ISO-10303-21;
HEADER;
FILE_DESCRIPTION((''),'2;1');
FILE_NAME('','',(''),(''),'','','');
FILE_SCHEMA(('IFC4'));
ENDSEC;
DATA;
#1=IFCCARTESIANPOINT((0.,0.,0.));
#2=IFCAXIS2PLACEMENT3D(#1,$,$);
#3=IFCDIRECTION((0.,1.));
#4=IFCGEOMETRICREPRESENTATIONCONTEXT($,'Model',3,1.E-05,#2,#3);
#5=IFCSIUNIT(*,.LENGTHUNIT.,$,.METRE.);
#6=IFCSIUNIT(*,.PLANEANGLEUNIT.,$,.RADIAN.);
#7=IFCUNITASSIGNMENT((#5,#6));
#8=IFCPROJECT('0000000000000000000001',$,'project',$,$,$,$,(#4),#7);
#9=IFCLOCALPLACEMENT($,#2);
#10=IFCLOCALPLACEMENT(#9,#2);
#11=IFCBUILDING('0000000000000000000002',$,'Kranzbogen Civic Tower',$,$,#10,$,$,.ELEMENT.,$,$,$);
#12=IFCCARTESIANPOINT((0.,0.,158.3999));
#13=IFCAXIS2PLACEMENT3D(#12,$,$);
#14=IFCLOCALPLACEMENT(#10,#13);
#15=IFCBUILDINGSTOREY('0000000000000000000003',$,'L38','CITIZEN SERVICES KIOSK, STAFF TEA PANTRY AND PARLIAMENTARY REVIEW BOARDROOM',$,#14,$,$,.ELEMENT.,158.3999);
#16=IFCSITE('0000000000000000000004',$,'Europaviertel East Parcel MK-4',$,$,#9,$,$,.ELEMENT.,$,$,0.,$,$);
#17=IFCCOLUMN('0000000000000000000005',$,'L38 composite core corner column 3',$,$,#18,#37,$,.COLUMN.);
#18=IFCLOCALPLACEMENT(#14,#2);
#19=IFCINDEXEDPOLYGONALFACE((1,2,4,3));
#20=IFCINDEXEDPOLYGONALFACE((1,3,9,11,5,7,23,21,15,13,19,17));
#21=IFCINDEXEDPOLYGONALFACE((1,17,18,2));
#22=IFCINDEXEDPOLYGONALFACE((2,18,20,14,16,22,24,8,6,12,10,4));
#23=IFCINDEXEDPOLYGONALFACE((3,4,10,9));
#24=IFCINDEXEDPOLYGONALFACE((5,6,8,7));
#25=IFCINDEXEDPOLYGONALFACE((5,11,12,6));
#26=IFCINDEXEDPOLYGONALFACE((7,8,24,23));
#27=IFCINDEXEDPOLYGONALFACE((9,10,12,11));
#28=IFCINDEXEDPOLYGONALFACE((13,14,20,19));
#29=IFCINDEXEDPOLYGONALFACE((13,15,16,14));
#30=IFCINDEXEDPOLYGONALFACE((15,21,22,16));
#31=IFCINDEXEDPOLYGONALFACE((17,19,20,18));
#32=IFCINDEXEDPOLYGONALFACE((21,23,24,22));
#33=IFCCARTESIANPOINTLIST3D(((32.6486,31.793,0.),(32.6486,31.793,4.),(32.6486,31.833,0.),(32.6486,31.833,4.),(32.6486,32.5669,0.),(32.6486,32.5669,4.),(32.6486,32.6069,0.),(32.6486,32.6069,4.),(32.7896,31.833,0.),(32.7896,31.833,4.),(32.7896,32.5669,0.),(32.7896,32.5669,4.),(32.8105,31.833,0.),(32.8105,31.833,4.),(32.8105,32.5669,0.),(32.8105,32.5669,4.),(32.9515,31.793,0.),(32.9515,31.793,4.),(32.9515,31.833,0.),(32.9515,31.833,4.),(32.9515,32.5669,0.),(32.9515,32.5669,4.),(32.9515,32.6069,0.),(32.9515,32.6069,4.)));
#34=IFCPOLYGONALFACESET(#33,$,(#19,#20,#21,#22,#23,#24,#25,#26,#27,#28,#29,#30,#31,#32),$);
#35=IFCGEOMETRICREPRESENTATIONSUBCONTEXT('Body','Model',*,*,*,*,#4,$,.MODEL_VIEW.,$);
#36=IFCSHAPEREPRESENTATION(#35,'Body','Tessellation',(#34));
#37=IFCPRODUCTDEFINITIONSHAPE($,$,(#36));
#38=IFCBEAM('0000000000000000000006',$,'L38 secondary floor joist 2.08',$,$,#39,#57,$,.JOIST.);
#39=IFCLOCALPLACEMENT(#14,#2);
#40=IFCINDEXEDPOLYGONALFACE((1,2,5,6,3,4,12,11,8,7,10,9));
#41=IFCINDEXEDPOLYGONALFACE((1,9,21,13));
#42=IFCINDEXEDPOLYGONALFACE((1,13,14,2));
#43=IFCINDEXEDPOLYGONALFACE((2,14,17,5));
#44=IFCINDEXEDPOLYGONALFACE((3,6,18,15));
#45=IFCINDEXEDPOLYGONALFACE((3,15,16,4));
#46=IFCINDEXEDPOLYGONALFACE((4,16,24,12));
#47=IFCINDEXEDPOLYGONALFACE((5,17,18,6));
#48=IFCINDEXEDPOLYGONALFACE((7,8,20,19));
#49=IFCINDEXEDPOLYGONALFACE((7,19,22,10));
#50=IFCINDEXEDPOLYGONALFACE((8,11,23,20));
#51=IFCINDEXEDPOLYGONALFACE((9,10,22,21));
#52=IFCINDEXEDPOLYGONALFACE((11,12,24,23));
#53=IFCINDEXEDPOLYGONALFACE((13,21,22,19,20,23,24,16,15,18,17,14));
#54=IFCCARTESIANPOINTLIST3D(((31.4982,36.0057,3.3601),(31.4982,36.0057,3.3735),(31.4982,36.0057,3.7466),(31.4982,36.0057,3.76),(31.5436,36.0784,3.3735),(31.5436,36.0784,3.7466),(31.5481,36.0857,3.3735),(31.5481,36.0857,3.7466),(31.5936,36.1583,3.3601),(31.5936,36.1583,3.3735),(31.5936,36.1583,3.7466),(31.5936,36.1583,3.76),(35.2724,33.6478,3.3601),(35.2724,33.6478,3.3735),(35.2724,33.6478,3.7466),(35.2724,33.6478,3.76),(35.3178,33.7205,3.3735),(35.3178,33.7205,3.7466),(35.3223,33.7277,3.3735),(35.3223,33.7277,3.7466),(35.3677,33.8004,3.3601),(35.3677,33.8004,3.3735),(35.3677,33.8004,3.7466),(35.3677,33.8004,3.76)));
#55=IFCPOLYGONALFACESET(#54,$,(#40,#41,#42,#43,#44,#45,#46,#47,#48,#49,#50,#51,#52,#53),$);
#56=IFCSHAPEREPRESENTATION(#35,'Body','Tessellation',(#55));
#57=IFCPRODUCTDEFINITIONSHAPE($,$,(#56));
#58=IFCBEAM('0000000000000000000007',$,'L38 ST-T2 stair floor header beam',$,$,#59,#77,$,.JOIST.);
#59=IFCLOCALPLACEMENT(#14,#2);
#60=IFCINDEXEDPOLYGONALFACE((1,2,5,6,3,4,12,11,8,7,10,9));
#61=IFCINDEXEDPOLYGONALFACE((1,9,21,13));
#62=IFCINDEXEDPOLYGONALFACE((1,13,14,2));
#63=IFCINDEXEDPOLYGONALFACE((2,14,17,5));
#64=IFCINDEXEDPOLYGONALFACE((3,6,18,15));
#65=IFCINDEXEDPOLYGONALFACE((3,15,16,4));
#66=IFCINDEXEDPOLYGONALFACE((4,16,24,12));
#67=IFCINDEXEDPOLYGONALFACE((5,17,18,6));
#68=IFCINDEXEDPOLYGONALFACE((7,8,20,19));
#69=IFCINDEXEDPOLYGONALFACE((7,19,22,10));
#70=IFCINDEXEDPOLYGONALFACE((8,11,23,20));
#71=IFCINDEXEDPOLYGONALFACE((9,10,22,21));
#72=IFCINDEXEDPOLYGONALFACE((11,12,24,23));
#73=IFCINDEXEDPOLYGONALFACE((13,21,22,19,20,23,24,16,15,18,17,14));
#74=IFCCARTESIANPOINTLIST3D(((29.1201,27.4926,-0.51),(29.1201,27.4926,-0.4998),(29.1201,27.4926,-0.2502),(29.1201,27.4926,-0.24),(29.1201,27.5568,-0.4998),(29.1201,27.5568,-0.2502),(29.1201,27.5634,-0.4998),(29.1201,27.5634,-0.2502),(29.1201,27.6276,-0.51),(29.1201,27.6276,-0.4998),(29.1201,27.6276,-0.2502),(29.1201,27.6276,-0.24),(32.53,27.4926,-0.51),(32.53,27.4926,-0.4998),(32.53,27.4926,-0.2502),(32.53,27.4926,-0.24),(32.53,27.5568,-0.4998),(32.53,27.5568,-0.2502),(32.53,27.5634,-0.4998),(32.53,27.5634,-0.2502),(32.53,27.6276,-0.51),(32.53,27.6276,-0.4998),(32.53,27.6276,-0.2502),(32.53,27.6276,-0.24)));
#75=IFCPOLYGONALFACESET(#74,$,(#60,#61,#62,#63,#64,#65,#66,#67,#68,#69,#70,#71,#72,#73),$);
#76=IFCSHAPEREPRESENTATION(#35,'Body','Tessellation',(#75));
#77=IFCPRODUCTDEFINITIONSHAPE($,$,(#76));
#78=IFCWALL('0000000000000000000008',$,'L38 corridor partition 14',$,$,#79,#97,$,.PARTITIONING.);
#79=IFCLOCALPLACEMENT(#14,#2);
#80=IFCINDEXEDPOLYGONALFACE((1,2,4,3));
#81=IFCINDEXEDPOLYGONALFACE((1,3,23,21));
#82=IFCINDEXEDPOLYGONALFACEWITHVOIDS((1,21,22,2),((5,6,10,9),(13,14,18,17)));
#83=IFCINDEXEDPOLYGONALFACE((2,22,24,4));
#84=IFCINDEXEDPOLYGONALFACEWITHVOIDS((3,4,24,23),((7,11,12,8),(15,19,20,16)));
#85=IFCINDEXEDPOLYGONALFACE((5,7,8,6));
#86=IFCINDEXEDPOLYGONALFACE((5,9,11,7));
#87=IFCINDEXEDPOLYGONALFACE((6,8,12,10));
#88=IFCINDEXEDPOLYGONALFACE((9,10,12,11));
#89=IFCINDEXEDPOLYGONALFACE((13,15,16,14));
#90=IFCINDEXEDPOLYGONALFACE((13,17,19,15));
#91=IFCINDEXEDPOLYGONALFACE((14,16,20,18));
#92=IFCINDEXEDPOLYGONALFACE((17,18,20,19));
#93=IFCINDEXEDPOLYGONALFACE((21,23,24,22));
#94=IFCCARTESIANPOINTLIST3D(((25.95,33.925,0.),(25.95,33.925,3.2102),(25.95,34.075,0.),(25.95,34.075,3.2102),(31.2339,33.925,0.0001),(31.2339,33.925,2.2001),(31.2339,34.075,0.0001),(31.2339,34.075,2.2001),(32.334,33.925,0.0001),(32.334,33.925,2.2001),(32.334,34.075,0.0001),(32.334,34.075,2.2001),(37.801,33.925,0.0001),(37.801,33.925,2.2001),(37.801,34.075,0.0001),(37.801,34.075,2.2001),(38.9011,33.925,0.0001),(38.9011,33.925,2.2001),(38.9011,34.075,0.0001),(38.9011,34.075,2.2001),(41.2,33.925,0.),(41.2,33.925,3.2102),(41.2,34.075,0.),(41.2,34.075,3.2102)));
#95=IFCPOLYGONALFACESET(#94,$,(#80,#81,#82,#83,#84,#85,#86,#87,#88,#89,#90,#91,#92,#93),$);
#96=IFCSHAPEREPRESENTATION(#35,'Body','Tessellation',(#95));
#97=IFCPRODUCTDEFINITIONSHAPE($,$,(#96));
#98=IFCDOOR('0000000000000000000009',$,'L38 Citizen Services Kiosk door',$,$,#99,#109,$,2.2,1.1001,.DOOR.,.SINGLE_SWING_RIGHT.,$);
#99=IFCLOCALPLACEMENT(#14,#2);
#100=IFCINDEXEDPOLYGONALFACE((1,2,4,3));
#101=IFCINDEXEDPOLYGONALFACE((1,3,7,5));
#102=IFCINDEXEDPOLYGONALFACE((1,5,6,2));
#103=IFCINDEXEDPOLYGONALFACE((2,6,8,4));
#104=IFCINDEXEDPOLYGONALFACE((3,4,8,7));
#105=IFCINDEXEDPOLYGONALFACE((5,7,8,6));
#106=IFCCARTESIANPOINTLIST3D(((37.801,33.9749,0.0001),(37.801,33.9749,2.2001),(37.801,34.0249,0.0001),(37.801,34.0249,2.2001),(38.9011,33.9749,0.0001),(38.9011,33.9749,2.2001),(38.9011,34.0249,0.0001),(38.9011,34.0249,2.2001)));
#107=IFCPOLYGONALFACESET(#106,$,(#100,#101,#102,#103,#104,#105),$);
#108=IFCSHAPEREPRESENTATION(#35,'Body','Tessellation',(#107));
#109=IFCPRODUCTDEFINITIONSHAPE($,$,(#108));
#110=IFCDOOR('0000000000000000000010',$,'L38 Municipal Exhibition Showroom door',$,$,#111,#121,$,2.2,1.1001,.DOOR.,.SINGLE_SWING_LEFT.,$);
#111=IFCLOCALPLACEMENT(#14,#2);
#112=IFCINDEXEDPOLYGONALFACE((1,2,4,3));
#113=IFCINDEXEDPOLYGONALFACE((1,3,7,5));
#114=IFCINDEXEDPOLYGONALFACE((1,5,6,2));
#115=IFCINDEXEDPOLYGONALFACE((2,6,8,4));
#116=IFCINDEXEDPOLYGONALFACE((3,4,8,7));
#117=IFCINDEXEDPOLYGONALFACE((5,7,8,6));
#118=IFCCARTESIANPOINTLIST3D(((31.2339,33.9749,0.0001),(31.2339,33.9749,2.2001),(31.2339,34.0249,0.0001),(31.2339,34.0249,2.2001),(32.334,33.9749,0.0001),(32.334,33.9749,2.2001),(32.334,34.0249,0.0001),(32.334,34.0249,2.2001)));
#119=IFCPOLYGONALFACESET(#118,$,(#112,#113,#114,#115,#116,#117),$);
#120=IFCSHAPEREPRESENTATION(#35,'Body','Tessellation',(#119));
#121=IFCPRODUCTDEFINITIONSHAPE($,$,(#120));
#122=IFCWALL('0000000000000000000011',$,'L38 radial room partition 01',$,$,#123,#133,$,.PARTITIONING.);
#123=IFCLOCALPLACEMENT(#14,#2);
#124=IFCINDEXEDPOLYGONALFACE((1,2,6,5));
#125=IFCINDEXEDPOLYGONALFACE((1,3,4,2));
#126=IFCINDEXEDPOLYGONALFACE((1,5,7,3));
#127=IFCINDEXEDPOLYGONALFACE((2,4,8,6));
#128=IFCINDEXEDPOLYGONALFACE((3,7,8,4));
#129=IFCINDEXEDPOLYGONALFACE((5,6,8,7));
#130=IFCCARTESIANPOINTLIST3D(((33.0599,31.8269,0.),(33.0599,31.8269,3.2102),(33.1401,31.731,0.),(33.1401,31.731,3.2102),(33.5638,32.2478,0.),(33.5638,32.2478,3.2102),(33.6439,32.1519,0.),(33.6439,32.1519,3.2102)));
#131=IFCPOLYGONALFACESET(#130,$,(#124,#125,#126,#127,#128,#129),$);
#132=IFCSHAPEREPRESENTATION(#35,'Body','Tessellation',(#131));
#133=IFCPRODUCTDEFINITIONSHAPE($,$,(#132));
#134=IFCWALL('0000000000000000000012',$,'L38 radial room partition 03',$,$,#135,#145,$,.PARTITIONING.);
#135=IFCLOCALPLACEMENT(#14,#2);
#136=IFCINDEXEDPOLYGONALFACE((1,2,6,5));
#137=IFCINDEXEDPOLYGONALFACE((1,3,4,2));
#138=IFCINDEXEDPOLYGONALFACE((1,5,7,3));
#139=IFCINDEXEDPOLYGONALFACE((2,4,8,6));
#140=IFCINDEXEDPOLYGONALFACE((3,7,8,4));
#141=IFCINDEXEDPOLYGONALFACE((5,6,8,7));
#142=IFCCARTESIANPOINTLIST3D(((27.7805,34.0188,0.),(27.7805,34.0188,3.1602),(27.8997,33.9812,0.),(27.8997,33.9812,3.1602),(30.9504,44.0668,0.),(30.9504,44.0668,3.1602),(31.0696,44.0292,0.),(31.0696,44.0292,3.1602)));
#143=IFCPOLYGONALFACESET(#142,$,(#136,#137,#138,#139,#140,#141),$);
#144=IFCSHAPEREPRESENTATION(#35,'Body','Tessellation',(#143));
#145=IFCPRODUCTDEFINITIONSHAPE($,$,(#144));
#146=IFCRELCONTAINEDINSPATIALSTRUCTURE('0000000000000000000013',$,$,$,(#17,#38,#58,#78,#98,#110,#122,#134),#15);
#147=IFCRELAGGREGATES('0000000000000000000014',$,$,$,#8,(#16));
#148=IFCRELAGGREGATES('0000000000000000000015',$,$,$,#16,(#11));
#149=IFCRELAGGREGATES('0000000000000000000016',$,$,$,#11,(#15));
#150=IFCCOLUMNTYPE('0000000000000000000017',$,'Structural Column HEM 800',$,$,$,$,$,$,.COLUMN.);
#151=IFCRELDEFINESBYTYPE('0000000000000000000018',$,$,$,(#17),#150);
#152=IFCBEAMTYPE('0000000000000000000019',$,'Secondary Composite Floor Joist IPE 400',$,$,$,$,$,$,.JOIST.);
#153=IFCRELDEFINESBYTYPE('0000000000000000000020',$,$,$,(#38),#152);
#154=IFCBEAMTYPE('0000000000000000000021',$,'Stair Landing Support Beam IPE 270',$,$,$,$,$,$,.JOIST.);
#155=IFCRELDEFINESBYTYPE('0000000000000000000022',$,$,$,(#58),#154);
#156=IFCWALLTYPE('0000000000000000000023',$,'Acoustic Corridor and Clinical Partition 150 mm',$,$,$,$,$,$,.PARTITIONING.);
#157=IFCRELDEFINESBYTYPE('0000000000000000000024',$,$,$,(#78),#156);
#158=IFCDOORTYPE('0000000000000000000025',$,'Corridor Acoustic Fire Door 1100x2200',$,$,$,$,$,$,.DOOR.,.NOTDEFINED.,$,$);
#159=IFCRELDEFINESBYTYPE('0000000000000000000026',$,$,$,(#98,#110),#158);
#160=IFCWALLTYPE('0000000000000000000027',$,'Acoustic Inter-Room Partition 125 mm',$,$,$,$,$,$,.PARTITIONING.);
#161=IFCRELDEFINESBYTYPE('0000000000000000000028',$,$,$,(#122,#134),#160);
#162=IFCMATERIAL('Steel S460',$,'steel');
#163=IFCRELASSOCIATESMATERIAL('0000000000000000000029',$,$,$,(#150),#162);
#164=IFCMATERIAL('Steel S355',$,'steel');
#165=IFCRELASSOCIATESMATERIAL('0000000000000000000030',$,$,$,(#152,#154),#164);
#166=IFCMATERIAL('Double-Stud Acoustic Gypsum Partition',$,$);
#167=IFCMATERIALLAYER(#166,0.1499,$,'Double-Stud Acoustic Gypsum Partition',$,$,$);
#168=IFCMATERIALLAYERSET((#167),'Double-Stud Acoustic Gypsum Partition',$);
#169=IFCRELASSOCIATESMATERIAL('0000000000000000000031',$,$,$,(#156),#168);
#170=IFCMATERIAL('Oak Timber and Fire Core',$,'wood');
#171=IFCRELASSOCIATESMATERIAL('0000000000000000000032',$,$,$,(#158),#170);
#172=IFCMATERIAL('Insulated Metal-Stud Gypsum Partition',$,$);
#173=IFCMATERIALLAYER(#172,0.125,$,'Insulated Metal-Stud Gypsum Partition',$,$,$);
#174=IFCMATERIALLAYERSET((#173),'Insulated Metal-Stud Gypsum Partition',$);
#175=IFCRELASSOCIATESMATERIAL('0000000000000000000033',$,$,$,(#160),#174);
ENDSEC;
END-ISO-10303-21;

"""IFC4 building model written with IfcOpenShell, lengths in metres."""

from ifc_helpers import new_model, si_unit, direction, frame, frame_2d, origin, origin_2d, place, context, subcontext, project, spatial, rectangle, i_section, extrude, material, layer, layer_set, material_profile, profile_set, type_object, element, fill, save


model = new_model("IFC4")

# Units and contexts
model_context = context("Model", 3, precision=1e-05, world=origin(), true_north=direction((0.0, 1.0)))
body_context = subcontext(model_context, "Body", "Model", "MODEL_VIEW")
ifc_project = project(units=[si_unit("LENGTHUNIT", "METRE"), si_unit("PLANEANGLEUNIT", "RADIAN")], contexts=[model_context])

# Site, building, storey
site_placement = place(None, origin())
site = spatial("IfcSite", under=ifc_project, at=site_placement, Name="Europaviertel East Parcel MK-4", CompositionType="ELEMENT", RefElevation=0.0)
building_placement = place(site_placement, origin())
building = spatial("IfcBuilding", under=site, at=building_placement, Name="Kranzbogen Civic Tower", CompositionType="ELEMENT")
storey_placement = place(building_placement, frame((0.0, 0.0, 158.3999)))
storey = spatial("IfcBuildingStorey", under=building, at=storey_placement, Name="L38", Description="CITIZEN SERVICES KIOSK, STAFF TEA PANTRY AND PARLIAMENTARY REVIEW BOARDROOM", CompositionType="ELEMENT", Elevation=158.3999)

# Column
ifc_material_1 = material(Name="Steel S460", Category="steel")
ifc_material_profile_1 = material_profile(ifc_material_1, i_section(OverallWidth=0.303, OverallDepth=0.814, WebThickness=0.021, FlangeThickness=0.04, at=origin_2d()), Name="HEM 800")
ifc_profile_set_1 = profile_set([ifc_material_profile_1], Name="Steel S460")
column_type = type_object("IfcColumnType", Name="Structural Column HEM 800", PredefinedType="COLUMN", material=ifc_profile_set_1)
column_placement = place(storey_placement, frame((32.8, 32.2, 0.0), z_axis=(0.0, 0.0, 1.0), x_axis=(1.0, 0.0, 0.0)))
element("IfcColumn", 1, at=column_placement, inside=storey, type_object=column_type, Name="L38 composite core corner column 3", PredefinedType="COLUMN", context=body_context, shape_type="SweptSolid", body=[
    extrude(i_section(OverallWidth=0.303, OverallDepth=0.814, WebThickness=0.021, FlangeThickness=0.04, at=origin_2d()), origin(), (0.0, 0.0, 1.0), 4.0),
])

# Beams
ifc_material_2 = material(Name="Steel S355", Category="steel")
ifc_material_profile_2 = material_profile(ifc_material_2, i_section(OverallWidth=0.1799, OverallDepth=0.3999, WebThickness=0.0085, FlangeThickness=0.0134, at=origin_2d()), Name="IPE 400")
ifc_profile_set_2 = profile_set([ifc_material_profile_2], Name="Steel S355")
beam_type_1 = type_object("IfcBeamType", Name="Secondary Composite Floor Joist IPE 400", PredefinedType="JOIST", material=ifc_profile_set_2)
beam_1_placement = place(storey_placement, frame((35.3201, 33.7241, 3.5601), z_axis=(-0.848094, 0.529846, 0.0), x_axis=(-0.529846, -0.848094, 0.0)))
element("IfcBeam", 2, at=beam_1_placement, inside=storey, type_object=beam_type_1, Name="L38 secondary floor joist 2.08", PredefinedType="JOIST", context=body_context, shape_type="SweptSolid", body=[
    extrude(i_section(OverallWidth=0.1799, OverallDepth=0.3999, WebThickness=0.0085, FlangeThickness=0.0134, at=origin_2d()), origin(), (0.0, 0.0, 1.0), 4.4502),
])
ifc_material_profile_3 = material_profile(ifc_material_2, i_section(OverallWidth=0.135, OverallDepth=0.27, WebThickness=0.0066, FlangeThickness=0.0103, at=origin_2d()), Name="IPE 270")
ifc_profile_set_3 = profile_set([ifc_material_profile_3], Name="Steel S355")
beam_type_2 = type_object("IfcBeamType", Name="Stair Landing Support Beam IPE 270", PredefinedType="JOIST", material=ifc_profile_set_3)
beam_2_placement = place(storey_placement, frame((29.1201, 27.5601, -0.375), z_axis=(1.0, 0.0, 0.0), x_axis=(0.0, 1.0, 0.0)))
element("IfcBeam", 3, at=beam_2_placement, inside=storey, type_object=beam_type_2, Name="L38 ST-T2 stair floor header beam", PredefinedType="JOIST", context=body_context, shape_type="SweptSolid", body=[
    extrude(i_section(OverallWidth=0.135, OverallDepth=0.27, WebThickness=0.0066, FlangeThickness=0.0103, at=origin_2d()), origin(), (0.0, 0.0, 1.0), 3.4099),
])

# Wall, openings, doors
ifc_material_3 = material(Name="Double-Stud Acoustic Gypsum Partition")
ifc_layer_1 = layer(ifc_material_3, 0.1499, Name="Double-Stud Acoustic Gypsum Partition")
ifc_layer_set_1 = layer_set([ifc_layer_1], Name="Double-Stud Acoustic Gypsum Partition")
wall_type_1 = type_object("IfcWallType", Name="Acoustic Corridor and Clinical Partition 150 mm", PredefinedType="PARTITIONING", material=ifc_layer_set_1)
wall_1_placement = place(storey_placement, frame((25.95, 34.0, 0.0), z_axis=(0.0, 0.0, 1.0), x_axis=(1.0, 0.0, 0.0)))
wall_1 = element("IfcWall", 4, at=wall_1_placement, inside=storey, type_object=wall_type_1, Name="L38 corridor partition 14", PredefinedType="PARTITIONING", context=body_context, shape_type="SweptSolid", body=[
    extrude(rectangle(XDim=15.25, YDim=0.1499, at=frame_2d((7.625, 0.0))), origin(), (0.0, 0.0, 1.0), 3.2102),
])
opening_1_placement = place(wall_1_placement, frame((11.8511, 0.0, 0.0)))
opening_1 = element("IfcOpeningElement", 5, at=opening_1_placement, cuts=wall_1, PredefinedType="OPENING", context=body_context, shape_type="SweptSolid", body=[
    extrude(rectangle(XDim=1.1001, YDim=2.2, at=frame_2d((0.55, 1.1001))), frame((0.0, 0.085, 0.0), z_axis=(0.0, -1.0, 0.0), x_axis=(1.0, 0.0, 0.0)), (0.0, 0.0, 1.0), 0.1699),
])
opening_2_placement = place(wall_1_placement, frame((5.2839, 0.0, 0.0)))
opening_2 = element("IfcOpeningElement", 6, at=opening_2_placement, cuts=wall_1, PredefinedType="OPENING", context=body_context, shape_type="SweptSolid", body=[
    extrude(rectangle(XDim=1.1001, YDim=2.2, at=frame_2d((0.55, 1.1001))), frame((0.0, 0.085, 0.0), z_axis=(0.0, -1.0, 0.0), x_axis=(1.0, 0.0, 0.0)), (0.0, 0.0, 1.0), 0.1699),
])
ifc_material_4 = material(Name="Oak Timber and Fire Core", Category="wood")
door_type_1 = type_object("IfcDoorType", Name="Corridor Acoustic Fire Door 1100x2200", OperationType="NOTDEFINED", PredefinedType="DOOR", material=ifc_material_4)
door_1_placement = place(opening_1_placement, origin())
door_1 = element("IfcDoor", 7, at=door_1_placement, inside=storey, type_object=door_type_1, Name="L38 Citizen Services Kiosk door", OperationType="SINGLE_SWING_RIGHT", OverallHeight=2.2, OverallWidth=1.1001, PredefinedType="DOOR", context=body_context, shape_type="SweptSolid", body=[
    extrude(rectangle(XDim=1.1001, YDim=2.2, at=frame_2d((0.55, 1.1001))), frame((0.0, 0.0249, 0.0), z_axis=(0.0, -1.0, 0.0), x_axis=(1.0, 0.0, 0.0)), (0.0, 0.0, 1.0), 0.05),
])
fill(opening_1, door_1)
door_2_placement = place(opening_2_placement, origin())
door_2 = element("IfcDoor", 8, at=door_2_placement, inside=storey, type_object=door_type_1, Name="L38 Municipal Exhibition Showroom door", OperationType="SINGLE_SWING_LEFT", OverallHeight=2.2, OverallWidth=1.1001, PredefinedType="DOOR", context=body_context, shape_type="SweptSolid", body=[
    extrude(rectangle(XDim=1.1001, YDim=2.2, at=frame_2d((0.55, 1.1001))), frame((0.0, 0.0249, 0.0), z_axis=(0.0, -1.0, 0.0), x_axis=(1.0, 0.0, 0.0)), (0.0, 0.0, 1.0), 0.05),
])
fill(opening_2, door_2)

# Walls
ifc_material_5 = material(Name="Insulated Metal-Stud Gypsum Partition")
ifc_layer_2 = layer(ifc_material_5, 0.125, Name="Insulated Metal-Stud Gypsum Partition")
ifc_layer_set_2 = layer_set([ifc_layer_2], Name="Insulated Metal-Stud Gypsum Partition")
wall_type_2 = type_object("IfcWallType", Name="Acoustic Inter-Room Partition 125 mm", PredefinedType="PARTITIONING", material=ifc_layer_set_2)
wall_2_placement = place(storey_placement, frame((33.1001, 31.7791, 0.0), z_axis=(0.0, 0.0, 1.0), x_axis=(0.767489, 0.641062, 0.0)))
element("IfcWall", 9, at=wall_2_placement, inside=storey, type_object=wall_type_2, Name="L38 radial room partition 01", PredefinedType="PARTITIONING", context=body_context, shape_type="SweptSolid", body=[
    extrude(rectangle(XDim=0.6565, YDim=0.125, at=frame_2d((0.3281, 0.0))), origin(), (0.0, 0.0, 1.0), 3.2102),
])
wall_3_placement = place(storey_placement, frame((27.8401, 34.0, 0.0), z_axis=(0.0, 0.0, 1.0), x_axis=(0.300859, 0.953669, 0.0)))
element("IfcWall", 10, at=wall_3_placement, inside=storey, type_object=wall_type_2, Name="L38 radial room partition 03", PredefinedType="PARTITIONING", context=body_context, shape_type="SweptSolid", body=[
    extrude(rectangle(XDim=10.5361, YDim=0.125, at=frame_2d((5.2681, 0.0))), origin(), (0.0, 0.0, 1.0), 3.1602),
])

save(model, "model.ifc")
